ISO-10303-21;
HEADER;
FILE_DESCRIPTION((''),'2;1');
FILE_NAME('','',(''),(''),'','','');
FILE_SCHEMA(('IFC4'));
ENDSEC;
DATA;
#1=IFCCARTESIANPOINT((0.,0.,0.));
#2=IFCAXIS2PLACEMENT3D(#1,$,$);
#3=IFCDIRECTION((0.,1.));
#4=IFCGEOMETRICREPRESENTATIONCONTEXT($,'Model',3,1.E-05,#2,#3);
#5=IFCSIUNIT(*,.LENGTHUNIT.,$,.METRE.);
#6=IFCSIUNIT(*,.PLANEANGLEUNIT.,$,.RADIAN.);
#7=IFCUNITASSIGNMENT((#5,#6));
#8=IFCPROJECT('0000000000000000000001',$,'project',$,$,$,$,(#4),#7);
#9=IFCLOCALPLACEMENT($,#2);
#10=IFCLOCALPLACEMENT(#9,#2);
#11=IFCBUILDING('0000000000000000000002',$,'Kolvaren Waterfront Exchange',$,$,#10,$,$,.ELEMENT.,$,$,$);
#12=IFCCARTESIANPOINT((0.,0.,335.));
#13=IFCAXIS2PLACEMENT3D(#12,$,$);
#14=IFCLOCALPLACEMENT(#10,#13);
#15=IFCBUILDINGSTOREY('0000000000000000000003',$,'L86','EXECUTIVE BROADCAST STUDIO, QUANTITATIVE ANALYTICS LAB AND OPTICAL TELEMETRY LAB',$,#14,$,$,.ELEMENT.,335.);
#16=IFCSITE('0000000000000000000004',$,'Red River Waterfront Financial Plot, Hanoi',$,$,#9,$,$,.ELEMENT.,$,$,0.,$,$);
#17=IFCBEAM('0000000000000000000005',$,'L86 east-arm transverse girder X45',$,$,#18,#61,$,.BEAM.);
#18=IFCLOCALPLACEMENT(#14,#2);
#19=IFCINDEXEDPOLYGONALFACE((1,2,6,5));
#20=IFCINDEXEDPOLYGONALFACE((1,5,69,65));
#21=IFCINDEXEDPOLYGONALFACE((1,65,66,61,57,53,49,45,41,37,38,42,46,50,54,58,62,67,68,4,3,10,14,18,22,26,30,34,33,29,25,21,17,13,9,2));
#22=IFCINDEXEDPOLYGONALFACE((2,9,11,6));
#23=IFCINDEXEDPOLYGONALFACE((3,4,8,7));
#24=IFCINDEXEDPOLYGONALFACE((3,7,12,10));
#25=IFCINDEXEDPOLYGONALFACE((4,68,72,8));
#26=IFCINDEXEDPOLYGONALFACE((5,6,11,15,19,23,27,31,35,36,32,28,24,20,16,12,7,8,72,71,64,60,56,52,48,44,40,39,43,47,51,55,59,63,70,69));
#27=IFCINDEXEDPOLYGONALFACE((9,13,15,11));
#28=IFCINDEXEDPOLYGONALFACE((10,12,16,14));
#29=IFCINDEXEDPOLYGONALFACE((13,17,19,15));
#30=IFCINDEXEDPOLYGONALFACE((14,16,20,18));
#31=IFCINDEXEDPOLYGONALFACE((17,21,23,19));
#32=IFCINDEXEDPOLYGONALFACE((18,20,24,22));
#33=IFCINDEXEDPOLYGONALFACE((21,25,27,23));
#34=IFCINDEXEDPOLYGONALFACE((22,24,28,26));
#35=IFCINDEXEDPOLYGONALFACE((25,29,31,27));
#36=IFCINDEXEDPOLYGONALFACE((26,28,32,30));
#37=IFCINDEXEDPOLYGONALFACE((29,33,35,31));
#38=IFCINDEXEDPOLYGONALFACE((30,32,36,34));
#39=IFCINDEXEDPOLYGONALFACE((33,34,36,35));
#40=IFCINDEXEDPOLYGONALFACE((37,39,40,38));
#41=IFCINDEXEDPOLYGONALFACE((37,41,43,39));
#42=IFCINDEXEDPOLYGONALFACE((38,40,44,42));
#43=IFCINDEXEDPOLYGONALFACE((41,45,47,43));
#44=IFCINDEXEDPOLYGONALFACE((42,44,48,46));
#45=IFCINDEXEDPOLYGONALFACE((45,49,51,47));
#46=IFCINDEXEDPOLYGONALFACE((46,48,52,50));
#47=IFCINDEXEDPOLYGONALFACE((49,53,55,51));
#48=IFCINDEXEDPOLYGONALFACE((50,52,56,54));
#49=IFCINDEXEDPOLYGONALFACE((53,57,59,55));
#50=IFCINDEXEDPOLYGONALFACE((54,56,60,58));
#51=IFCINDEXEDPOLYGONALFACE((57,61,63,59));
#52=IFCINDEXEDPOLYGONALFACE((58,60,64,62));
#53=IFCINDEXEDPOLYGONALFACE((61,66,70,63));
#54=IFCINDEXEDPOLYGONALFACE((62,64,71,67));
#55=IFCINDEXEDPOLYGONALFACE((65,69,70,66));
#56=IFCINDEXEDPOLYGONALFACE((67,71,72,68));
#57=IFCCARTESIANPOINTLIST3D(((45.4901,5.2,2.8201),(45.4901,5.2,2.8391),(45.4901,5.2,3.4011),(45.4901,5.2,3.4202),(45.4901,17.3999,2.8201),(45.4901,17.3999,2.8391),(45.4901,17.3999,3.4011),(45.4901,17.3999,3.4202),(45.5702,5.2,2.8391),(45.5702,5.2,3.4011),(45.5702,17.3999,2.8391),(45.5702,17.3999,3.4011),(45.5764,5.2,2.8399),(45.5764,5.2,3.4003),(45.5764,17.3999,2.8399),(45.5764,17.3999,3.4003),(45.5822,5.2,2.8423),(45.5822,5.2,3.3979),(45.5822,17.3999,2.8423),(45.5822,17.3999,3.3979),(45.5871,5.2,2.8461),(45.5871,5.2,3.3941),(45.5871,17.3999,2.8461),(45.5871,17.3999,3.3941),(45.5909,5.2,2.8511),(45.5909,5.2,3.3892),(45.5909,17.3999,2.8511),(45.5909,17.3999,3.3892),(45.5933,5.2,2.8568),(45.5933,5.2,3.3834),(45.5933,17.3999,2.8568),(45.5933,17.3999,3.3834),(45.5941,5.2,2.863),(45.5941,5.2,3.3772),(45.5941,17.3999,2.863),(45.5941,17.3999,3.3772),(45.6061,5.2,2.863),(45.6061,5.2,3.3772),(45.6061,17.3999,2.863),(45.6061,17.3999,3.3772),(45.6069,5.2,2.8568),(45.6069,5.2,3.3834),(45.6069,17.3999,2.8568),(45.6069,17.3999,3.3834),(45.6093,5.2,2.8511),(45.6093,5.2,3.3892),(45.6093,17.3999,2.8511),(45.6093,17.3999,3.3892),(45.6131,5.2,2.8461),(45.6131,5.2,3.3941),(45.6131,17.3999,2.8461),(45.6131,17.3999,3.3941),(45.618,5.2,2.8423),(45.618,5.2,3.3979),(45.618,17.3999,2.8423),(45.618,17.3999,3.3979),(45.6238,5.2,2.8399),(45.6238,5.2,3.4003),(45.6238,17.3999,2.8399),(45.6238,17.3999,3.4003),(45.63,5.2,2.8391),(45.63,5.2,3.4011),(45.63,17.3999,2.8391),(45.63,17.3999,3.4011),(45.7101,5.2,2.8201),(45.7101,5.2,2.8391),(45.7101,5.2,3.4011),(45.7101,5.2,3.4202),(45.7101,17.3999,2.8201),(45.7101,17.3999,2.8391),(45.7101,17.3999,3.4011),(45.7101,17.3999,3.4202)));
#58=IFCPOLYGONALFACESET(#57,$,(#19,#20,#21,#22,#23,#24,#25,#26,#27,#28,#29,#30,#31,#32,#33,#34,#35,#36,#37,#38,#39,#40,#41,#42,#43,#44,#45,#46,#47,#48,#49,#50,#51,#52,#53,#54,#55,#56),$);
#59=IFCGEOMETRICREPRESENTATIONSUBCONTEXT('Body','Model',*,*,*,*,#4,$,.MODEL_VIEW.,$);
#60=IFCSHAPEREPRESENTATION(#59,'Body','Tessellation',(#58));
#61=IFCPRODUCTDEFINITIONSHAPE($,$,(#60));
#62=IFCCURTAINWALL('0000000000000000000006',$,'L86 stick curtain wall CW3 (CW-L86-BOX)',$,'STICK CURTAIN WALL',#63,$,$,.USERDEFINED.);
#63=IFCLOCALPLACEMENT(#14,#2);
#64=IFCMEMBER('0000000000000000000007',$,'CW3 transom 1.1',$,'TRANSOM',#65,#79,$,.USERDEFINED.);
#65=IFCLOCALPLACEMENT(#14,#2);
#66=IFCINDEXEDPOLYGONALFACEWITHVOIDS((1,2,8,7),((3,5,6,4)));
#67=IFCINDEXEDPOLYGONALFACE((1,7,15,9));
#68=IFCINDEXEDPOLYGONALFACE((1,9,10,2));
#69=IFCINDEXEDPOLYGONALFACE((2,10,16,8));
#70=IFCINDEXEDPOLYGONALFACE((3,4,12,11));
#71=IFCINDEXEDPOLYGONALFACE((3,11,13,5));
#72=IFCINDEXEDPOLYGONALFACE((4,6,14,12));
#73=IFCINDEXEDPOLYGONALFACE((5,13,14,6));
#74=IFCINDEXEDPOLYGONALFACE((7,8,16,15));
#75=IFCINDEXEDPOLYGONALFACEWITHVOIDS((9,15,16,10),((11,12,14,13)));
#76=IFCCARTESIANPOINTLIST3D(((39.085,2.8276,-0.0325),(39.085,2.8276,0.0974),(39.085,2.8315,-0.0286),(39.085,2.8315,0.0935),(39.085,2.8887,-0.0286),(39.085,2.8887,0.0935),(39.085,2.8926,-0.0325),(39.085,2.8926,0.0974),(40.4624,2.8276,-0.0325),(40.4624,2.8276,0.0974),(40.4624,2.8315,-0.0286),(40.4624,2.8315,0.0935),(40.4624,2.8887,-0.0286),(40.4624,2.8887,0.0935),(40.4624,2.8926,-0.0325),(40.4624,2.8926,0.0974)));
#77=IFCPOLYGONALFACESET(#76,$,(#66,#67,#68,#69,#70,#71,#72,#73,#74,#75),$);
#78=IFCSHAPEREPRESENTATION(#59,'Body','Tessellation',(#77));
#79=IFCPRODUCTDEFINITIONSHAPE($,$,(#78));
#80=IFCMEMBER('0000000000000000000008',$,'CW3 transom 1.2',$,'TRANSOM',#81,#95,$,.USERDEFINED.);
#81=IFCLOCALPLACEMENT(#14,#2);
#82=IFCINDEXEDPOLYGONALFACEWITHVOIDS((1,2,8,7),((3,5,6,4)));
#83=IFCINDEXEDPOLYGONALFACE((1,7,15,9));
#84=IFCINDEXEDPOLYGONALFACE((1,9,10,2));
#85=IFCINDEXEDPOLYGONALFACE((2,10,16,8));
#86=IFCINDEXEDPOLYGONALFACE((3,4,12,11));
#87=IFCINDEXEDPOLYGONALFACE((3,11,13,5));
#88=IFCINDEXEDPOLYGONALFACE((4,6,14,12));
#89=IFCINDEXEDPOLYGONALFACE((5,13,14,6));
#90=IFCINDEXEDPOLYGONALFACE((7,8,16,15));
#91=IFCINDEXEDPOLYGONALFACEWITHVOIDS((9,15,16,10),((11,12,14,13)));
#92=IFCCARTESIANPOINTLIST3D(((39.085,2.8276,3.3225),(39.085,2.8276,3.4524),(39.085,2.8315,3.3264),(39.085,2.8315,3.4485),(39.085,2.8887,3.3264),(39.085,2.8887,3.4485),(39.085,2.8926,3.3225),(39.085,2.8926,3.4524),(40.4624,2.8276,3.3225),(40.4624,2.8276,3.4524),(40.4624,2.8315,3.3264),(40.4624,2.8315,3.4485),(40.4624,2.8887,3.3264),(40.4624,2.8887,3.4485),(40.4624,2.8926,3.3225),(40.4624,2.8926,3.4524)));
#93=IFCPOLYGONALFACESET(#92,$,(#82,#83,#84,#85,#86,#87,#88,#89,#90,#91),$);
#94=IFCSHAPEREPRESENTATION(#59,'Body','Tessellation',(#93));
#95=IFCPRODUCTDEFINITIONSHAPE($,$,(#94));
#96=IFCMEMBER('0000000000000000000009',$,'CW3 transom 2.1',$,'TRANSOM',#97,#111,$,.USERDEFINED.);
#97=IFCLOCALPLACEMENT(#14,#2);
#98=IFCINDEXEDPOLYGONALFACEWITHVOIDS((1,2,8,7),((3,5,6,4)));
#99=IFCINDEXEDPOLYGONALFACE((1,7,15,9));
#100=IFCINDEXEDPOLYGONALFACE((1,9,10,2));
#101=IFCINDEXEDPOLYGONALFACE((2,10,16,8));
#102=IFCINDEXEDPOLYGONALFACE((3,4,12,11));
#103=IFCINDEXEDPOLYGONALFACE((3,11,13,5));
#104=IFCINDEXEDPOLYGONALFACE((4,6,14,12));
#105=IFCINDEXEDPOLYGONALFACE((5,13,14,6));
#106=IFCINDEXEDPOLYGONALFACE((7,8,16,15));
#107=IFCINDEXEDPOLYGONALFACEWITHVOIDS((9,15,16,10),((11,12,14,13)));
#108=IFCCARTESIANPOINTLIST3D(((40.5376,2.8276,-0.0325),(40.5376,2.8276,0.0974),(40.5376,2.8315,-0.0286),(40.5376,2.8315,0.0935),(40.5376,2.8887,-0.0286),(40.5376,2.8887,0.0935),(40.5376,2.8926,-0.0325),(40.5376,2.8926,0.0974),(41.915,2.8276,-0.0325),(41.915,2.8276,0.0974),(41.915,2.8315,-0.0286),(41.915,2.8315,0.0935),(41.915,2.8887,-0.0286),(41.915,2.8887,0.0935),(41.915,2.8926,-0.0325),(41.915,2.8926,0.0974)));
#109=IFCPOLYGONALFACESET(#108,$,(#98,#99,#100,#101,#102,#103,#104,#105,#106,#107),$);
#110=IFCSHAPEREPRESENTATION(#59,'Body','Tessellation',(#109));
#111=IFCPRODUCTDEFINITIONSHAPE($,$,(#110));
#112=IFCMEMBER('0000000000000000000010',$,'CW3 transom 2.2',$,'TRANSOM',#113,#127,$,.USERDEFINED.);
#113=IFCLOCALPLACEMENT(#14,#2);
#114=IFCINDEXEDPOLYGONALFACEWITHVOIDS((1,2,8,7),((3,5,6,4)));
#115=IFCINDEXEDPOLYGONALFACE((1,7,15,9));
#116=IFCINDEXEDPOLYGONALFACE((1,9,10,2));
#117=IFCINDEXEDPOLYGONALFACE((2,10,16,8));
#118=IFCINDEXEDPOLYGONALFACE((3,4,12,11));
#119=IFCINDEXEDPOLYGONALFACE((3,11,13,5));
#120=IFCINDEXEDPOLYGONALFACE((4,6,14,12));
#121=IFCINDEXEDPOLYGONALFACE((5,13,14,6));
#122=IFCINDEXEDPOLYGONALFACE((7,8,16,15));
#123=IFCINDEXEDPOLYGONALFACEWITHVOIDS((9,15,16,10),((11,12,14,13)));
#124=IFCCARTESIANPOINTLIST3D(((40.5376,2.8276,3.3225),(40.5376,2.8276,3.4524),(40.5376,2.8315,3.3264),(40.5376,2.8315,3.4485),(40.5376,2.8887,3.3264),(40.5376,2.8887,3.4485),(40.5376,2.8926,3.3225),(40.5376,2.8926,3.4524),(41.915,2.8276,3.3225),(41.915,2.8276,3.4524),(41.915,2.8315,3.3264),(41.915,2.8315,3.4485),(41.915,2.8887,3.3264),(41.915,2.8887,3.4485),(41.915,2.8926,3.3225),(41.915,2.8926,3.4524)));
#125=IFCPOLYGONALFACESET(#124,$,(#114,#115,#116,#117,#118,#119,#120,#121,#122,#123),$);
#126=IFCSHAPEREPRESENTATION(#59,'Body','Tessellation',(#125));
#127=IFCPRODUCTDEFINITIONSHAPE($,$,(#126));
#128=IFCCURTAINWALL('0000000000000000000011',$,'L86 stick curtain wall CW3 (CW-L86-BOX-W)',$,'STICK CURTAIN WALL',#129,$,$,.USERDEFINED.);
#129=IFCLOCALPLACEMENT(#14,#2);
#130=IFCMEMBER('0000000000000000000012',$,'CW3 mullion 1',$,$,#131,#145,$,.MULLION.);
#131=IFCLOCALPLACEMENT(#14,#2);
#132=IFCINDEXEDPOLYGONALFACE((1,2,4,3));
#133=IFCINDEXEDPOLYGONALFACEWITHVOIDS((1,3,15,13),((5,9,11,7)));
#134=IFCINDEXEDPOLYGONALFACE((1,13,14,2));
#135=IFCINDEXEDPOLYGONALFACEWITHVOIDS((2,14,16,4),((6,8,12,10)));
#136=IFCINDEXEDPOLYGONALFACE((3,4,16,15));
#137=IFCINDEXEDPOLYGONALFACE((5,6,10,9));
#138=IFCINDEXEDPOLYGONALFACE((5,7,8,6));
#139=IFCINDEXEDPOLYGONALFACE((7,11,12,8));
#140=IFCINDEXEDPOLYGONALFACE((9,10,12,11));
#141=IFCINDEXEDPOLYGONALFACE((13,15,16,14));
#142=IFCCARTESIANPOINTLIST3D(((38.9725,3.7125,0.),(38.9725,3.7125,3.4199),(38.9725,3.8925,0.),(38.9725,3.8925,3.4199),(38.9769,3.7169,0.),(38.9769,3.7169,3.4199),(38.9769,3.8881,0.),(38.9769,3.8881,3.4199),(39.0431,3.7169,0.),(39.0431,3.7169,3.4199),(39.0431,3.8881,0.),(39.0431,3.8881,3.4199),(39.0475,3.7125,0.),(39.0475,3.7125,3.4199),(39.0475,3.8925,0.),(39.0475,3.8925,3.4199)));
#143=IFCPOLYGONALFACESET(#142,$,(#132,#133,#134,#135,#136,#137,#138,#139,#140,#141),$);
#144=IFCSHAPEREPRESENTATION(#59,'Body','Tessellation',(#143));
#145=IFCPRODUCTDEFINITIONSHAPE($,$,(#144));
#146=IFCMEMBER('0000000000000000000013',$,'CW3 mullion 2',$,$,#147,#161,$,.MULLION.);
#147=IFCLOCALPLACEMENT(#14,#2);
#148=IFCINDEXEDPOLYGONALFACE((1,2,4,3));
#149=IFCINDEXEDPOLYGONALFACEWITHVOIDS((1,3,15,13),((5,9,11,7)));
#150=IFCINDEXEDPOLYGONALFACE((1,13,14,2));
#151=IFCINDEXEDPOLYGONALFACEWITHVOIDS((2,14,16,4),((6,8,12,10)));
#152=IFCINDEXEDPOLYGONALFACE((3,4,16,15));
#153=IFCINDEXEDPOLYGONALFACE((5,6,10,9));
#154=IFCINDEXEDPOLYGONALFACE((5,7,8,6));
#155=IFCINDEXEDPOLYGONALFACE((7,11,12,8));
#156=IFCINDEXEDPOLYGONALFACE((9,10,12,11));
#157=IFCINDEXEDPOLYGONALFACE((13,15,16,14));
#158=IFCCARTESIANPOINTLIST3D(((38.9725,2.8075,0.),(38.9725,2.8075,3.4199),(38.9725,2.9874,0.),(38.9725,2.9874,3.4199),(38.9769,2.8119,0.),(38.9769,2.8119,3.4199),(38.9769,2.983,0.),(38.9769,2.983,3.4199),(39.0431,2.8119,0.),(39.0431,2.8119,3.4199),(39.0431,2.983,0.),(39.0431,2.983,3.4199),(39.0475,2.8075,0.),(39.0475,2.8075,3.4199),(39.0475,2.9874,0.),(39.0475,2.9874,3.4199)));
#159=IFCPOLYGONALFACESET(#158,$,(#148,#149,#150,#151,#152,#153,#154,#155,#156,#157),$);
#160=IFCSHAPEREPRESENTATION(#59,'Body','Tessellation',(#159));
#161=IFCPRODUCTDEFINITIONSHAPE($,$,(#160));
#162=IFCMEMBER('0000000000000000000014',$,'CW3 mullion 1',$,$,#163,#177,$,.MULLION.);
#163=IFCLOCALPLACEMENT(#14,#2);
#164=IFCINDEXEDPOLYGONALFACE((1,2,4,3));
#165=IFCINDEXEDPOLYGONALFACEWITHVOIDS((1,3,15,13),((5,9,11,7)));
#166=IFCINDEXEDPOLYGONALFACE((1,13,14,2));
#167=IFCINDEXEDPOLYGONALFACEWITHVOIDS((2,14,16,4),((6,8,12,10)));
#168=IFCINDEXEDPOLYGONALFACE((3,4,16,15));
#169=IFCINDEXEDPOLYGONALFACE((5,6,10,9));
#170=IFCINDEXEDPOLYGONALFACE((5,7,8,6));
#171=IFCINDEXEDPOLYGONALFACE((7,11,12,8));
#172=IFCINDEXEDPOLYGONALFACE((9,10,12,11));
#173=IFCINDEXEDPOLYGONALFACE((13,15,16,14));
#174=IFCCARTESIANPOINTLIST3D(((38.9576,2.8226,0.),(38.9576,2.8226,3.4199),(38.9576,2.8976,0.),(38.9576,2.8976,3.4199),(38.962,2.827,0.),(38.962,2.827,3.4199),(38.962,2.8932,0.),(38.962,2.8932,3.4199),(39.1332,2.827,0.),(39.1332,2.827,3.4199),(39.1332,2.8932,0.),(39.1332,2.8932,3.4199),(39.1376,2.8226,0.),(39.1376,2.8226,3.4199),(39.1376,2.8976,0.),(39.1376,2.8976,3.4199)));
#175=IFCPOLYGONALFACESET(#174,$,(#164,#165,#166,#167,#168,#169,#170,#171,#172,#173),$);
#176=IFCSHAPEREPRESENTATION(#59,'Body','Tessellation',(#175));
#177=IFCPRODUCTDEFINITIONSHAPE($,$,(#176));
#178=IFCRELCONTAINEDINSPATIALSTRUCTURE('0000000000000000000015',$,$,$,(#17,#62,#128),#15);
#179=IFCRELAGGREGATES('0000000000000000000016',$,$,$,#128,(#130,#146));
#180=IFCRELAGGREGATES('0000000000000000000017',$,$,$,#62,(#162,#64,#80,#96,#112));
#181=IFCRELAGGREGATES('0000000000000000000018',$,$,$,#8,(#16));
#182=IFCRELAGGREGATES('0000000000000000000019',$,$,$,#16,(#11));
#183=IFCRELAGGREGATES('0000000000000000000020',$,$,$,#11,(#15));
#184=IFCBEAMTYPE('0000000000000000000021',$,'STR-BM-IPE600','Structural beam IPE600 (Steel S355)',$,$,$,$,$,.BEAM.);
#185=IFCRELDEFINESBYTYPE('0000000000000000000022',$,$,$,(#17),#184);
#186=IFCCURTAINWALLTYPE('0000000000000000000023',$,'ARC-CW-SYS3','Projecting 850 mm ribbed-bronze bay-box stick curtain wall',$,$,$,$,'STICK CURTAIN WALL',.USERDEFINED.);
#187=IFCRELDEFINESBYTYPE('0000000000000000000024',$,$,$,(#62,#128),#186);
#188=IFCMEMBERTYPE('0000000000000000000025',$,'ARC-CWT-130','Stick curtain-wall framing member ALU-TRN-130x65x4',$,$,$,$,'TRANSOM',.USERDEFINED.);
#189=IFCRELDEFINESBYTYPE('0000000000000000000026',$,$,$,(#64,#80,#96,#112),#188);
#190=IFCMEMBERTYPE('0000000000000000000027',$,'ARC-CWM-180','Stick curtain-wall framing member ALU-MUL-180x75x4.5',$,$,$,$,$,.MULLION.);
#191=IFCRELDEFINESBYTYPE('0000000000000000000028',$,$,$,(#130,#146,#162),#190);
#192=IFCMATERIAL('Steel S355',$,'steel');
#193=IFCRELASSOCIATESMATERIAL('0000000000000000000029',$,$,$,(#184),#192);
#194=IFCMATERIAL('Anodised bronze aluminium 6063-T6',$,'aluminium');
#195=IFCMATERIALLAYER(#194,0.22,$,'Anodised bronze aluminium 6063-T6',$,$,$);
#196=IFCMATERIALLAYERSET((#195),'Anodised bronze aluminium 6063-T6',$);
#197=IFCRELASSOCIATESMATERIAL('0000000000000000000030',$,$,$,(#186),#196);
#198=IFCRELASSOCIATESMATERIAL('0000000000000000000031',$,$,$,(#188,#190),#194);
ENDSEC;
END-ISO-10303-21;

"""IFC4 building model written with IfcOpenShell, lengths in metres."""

from ifc_helpers import new_model, si_unit, direction, frame, origin, origin_with_axes, origin_2d, place, context, subcontext, project, spatial, hollow_rectangle, i_section, extrude, source, transform, mapped, material, layer, layer_set, material_profile, profile_set, type_object, element, aggregate, save


model = new_model("IFC4")

# Units and contexts
model_context = context("Model", 3, precision=1e-05, world=origin(), true_north=direction((0.0, 1.0)))
body_context = subcontext(model_context, "Body", "Model", "MODEL_VIEW")
ifc_project = project(units=[si_unit("LENGTHUNIT", "METRE"), si_unit("PLANEANGLEUNIT", "RADIAN")], contexts=[model_context])

# Site, building, storey
site_placement = place(None, origin())
site = spatial("IfcSite", under=ifc_project, at=site_placement, Name="Red River Waterfront Financial Plot, Hanoi", CompositionType="ELEMENT", RefElevation=0.0)
building_placement = place(site_placement, origin())
building = spatial("IfcBuilding", under=site, at=building_placement, Name="Kolvaren Waterfront Exchange", CompositionType="ELEMENT")
storey_placement = place(building_placement, frame((0.0, 0.0, 335.0)))
storey = spatial("IfcBuildingStorey", under=building, at=storey_placement, Name="L86", Description="EXECUTIVE BROADCAST STUDIO, QUANTITATIVE ANALYTICS LAB AND OPTICAL TELEMETRY LAB", CompositionType="ELEMENT", Elevation=335.0)

# Beam
ifc_material_1 = material(Name="Steel S355", Category="steel")
ifc_material_profile_1 = material_profile(ifc_material_1, i_section(OverallWidth=0.22, OverallDepth=0.6001, WebThickness=0.012, FlangeThickness=0.019, FilletRadius=0.0239, at=origin_2d()), Name="IPE600")
ifc_profile_set_1 = profile_set([ifc_material_profile_1], Name="Steel S355")
beam_type_1 = type_object("IfcBeamType", Name="STR-BM-IPE600", Description="Structural beam IPE600 (Steel S355)", PredefinedType="BEAM", material=ifc_profile_set_1)
for number, where, z_axis, x_axis, name in (
    (1, (45.6001, 5.2, 3.1201), (0.0, 1.0, 0.0), (-1.0, 0.0, 0.0), "L86 east-arm transverse girder X45"),
):
    element("IfcBeam", number, at=place(storey_placement, frame(where, z_axis=z_axis, x_axis=x_axis)), inside=storey, type_object=beam_type_1, Name=name, PredefinedType="BEAM", context=body_context, shape_type="SweptSolid", body=[
        extrude(i_section(OverallWidth=0.22, OverallDepth=0.6001, WebThickness=0.012, FlangeThickness=0.019, FilletRadius=0.0239, at=origin_2d()), origin(), (0.0, 0.0, 1.0), 12.2),
    ])

# Curtain walls, members
ifc_material_2 = material(Name="Anodised bronze aluminium 6063-T6", Category="aluminium")
ifc_layer_1 = layer(ifc_material_2, 0.22, Name="Anodised bronze aluminium 6063-T6")
ifc_layer_set_1 = layer_set([ifc_layer_1], Name="Anodised bronze aluminium 6063-T6")
curtain_wall_type_1 = type_object("IfcCurtainWallType", Name="ARC-CW-SYS3", Description="Projecting 850 mm ribbed-bronze bay-box stick curtain wall", ElementType="STICK CURTAIN WALL", PredefinedType="USERDEFINED", material=ifc_layer_set_1)
curtain_wall_1_placement = place(storey_placement, origin())
curtain_wall_1 = element("IfcCurtainWall", 2, at=curtain_wall_1_placement, inside=storey, type_object=curtain_wall_type_1, Name="L86 stick curtain wall CW3 (CW-L86-BOX)", ObjectType="STICK CURTAIN WALL", PredefinedType="USERDEFINED")
ifc_material_profile_2 = material_profile(ifc_material_2, hollow_rectangle(XDim=0.0649, YDim=0.1299, WallThickness=0.0039, at=origin_2d()), Name="ALU-TRN-130x65x4")
ifc_profile_set_2 = profile_set([ifc_material_profile_2], Name="Anodised bronze aluminium 6063-T6")
member_type_1 = type_object("IfcMemberType", Name="ARC-CWT-130", Description="Stick curtain-wall framing member ALU-TRN-130x65x4", ElementType="TRANSOM", PredefinedType="USERDEFINED", material=ifc_profile_set_2)
shared_shape_1 = source(origin_with_axes(), body_context, "Body", "SweptSolid", [
    extrude(hollow_rectangle(XDim=0.0649, YDim=0.1299, WallThickness=0.0039, at=origin_2d()), origin(), (0.0, 0.0, 1.0), 1.3774),
])
member_1_placement = place(storey_placement, frame((39.085, 2.8601, 0.0325), z_axis=(1.0, 0.0, 0.0), x_axis=(0.0, 1.0, 0.0)))
member_1 = element("IfcMember", 3, at=member_1_placement, type_object=member_type_1, Name="CW3 transom 1.1", ObjectType="TRANSOM", PredefinedType="USERDEFINED", context=body_context, shape_type="MappedRepresentation", body=[
    mapped(shared_shape_1, transform((0.0, 0.0, 0.0), x_axis=(1.0, 0.0, 0.0), y_axis=(0.0, 1.0, 0.0), z_axis=(0.0, 0.0, 1.0), scale=1.0)),
])
member_2_placement = place(storey_placement, frame((39.085, 2.8601, 3.3875), z_axis=(1.0, 0.0, 0.0), x_axis=(0.0, 1.0, 0.0)))
member_2 = element("IfcMember", 4, at=member_2_placement, type_object=member_type_1, Name="CW3 transom 1.2", ObjectType="TRANSOM", PredefinedType="USERDEFINED", context=body_context, shape_type="MappedRepresentation", body=[
    mapped(shared_shape_1, transform((0.0, 0.0, 0.0), x_axis=(1.0, 0.0, 0.0), y_axis=(0.0, 1.0, 0.0), z_axis=(0.0, 0.0, 1.0), scale=1.0)),
])
member_3_placement = place(storey_placement, frame((40.5376, 2.8601, 0.0325), z_axis=(1.0, 0.0, 0.0), x_axis=(0.0, 1.0, 0.0)))
member_3 = element("IfcMember", 5, at=member_3_placement, type_object=member_type_1, Name="CW3 transom 2.1", ObjectType="TRANSOM", PredefinedType="USERDEFINED", context=body_context, shape_type="MappedRepresentation", body=[
    mapped(shared_shape_1, transform((0.0, 0.0, 0.0), x_axis=(1.0, 0.0, 0.0), y_axis=(0.0, 1.0, 0.0), z_axis=(0.0, 0.0, 1.0), scale=1.0)),
])
member_4_placement = place(storey_placement, frame((40.5376, 2.8601, 3.3875), z_axis=(1.0, 0.0, 0.0), x_axis=(0.0, 1.0, 0.0)))
member_4 = element("IfcMember", 6, at=member_4_placement, type_object=member_type_1, Name="CW3 transom 2.2", ObjectType="TRANSOM", PredefinedType="USERDEFINED", context=body_context, shape_type="MappedRepresentation", body=[
    mapped(shared_shape_1, transform((0.0, 0.0, 0.0), x_axis=(1.0, 0.0, 0.0), y_axis=(0.0, 1.0, 0.0), z_axis=(0.0, 0.0, 1.0), scale=1.0)),
])
curtain_wall_2_placement = place(storey_placement, origin())
curtain_wall_2 = element("IfcCurtainWall", 7, at=curtain_wall_2_placement, inside=storey, type_object=curtain_wall_type_1, Name="L86 stick curtain wall CW3 (CW-L86-BOX-W)", ObjectType="STICK CURTAIN WALL", PredefinedType="USERDEFINED")
ifc_material_profile_3 = material_profile(ifc_material_2, hollow_rectangle(XDim=0.075, YDim=0.1799, WallThickness=0.0044, at=origin_2d()), Name="ALU-MUL-180x75x4.5")
ifc_profile_set_3 = profile_set([ifc_material_profile_3], Name="Anodised bronze aluminium 6063-T6")
member_type_2 = type_object("IfcMemberType", Name="ARC-CWM-180", Description="Stick curtain-wall framing member ALU-MUL-180x75x4.5", PredefinedType="MULLION", material=ifc_profile_set_3)
shared_shape_2 = source(origin_with_axes(), body_context, "Body", "SweptSolid", [
    extrude(hollow_rectangle(XDim=0.075, YDim=0.1799, WallThickness=0.0044, at=origin_2d()), origin(), (0.0, 0.0, 1.0), 3.4199),
])
member_5_placement = place(storey_placement, frame((39.01, 3.8025, 0.0), z_axis=(0.0, 0.0, 1.0), x_axis=(1.0, 0.0, 0.0)))
member_5 = element("IfcMember", 8, at=member_5_placement, type_object=member_type_2, Name="CW3 mullion 1", PredefinedType="MULLION", context=body_context, shape_type="MappedRepresentation", body=[
    mapped(shared_shape_2, transform((0.0, 0.0, 0.0), x_axis=(1.0, 0.0, 0.0), y_axis=(0.0, 1.0, 0.0), z_axis=(0.0, 0.0, 1.0), scale=1.0)),
])
member_6_placement = place(storey_placement, frame((39.01, 2.8975, 0.0), z_axis=(0.0, 0.0, 1.0), x_axis=(1.0, 0.0, 0.0)))
member_6 = element("IfcMember", 9, at=member_6_placement, type_object=member_type_2, Name="CW3 mullion 2", PredefinedType="MULLION", context=body_context, shape_type="MappedRepresentation", body=[
    mapped(shared_shape_2, transform((0.0, 0.0, 0.0), x_axis=(1.0, 0.0, 0.0), y_axis=(0.0, 1.0, 0.0), z_axis=(0.0, 0.0, 1.0), scale=1.0)),
])

# Member
member_7_placement = place(storey_placement, frame((39.0476, 2.8601, 0.0), z_axis=(0.0, 0.0, 1.0), x_axis=(0.0, 1.0, 0.0)))
member_7 = element("IfcMember", 10, at=member_7_placement, type_object=member_type_2, Name="CW3 mullion 1", PredefinedType="MULLION", context=body_context, shape_type="MappedRepresentation", body=[
    mapped(shared_shape_2, transform((0.0, 0.0, 0.0), x_axis=(1.0, 0.0, 0.0), y_axis=(0.0, 1.0, 0.0), z_axis=(0.0, 0.0, 1.0), scale=1.0)),
])

aggregate(curtain_wall_2, [member_5, member_6])
aggregate(curtain_wall_1, [member_7, member_1, member_2, member_3, member_4])

save(model, "model.ifc")
